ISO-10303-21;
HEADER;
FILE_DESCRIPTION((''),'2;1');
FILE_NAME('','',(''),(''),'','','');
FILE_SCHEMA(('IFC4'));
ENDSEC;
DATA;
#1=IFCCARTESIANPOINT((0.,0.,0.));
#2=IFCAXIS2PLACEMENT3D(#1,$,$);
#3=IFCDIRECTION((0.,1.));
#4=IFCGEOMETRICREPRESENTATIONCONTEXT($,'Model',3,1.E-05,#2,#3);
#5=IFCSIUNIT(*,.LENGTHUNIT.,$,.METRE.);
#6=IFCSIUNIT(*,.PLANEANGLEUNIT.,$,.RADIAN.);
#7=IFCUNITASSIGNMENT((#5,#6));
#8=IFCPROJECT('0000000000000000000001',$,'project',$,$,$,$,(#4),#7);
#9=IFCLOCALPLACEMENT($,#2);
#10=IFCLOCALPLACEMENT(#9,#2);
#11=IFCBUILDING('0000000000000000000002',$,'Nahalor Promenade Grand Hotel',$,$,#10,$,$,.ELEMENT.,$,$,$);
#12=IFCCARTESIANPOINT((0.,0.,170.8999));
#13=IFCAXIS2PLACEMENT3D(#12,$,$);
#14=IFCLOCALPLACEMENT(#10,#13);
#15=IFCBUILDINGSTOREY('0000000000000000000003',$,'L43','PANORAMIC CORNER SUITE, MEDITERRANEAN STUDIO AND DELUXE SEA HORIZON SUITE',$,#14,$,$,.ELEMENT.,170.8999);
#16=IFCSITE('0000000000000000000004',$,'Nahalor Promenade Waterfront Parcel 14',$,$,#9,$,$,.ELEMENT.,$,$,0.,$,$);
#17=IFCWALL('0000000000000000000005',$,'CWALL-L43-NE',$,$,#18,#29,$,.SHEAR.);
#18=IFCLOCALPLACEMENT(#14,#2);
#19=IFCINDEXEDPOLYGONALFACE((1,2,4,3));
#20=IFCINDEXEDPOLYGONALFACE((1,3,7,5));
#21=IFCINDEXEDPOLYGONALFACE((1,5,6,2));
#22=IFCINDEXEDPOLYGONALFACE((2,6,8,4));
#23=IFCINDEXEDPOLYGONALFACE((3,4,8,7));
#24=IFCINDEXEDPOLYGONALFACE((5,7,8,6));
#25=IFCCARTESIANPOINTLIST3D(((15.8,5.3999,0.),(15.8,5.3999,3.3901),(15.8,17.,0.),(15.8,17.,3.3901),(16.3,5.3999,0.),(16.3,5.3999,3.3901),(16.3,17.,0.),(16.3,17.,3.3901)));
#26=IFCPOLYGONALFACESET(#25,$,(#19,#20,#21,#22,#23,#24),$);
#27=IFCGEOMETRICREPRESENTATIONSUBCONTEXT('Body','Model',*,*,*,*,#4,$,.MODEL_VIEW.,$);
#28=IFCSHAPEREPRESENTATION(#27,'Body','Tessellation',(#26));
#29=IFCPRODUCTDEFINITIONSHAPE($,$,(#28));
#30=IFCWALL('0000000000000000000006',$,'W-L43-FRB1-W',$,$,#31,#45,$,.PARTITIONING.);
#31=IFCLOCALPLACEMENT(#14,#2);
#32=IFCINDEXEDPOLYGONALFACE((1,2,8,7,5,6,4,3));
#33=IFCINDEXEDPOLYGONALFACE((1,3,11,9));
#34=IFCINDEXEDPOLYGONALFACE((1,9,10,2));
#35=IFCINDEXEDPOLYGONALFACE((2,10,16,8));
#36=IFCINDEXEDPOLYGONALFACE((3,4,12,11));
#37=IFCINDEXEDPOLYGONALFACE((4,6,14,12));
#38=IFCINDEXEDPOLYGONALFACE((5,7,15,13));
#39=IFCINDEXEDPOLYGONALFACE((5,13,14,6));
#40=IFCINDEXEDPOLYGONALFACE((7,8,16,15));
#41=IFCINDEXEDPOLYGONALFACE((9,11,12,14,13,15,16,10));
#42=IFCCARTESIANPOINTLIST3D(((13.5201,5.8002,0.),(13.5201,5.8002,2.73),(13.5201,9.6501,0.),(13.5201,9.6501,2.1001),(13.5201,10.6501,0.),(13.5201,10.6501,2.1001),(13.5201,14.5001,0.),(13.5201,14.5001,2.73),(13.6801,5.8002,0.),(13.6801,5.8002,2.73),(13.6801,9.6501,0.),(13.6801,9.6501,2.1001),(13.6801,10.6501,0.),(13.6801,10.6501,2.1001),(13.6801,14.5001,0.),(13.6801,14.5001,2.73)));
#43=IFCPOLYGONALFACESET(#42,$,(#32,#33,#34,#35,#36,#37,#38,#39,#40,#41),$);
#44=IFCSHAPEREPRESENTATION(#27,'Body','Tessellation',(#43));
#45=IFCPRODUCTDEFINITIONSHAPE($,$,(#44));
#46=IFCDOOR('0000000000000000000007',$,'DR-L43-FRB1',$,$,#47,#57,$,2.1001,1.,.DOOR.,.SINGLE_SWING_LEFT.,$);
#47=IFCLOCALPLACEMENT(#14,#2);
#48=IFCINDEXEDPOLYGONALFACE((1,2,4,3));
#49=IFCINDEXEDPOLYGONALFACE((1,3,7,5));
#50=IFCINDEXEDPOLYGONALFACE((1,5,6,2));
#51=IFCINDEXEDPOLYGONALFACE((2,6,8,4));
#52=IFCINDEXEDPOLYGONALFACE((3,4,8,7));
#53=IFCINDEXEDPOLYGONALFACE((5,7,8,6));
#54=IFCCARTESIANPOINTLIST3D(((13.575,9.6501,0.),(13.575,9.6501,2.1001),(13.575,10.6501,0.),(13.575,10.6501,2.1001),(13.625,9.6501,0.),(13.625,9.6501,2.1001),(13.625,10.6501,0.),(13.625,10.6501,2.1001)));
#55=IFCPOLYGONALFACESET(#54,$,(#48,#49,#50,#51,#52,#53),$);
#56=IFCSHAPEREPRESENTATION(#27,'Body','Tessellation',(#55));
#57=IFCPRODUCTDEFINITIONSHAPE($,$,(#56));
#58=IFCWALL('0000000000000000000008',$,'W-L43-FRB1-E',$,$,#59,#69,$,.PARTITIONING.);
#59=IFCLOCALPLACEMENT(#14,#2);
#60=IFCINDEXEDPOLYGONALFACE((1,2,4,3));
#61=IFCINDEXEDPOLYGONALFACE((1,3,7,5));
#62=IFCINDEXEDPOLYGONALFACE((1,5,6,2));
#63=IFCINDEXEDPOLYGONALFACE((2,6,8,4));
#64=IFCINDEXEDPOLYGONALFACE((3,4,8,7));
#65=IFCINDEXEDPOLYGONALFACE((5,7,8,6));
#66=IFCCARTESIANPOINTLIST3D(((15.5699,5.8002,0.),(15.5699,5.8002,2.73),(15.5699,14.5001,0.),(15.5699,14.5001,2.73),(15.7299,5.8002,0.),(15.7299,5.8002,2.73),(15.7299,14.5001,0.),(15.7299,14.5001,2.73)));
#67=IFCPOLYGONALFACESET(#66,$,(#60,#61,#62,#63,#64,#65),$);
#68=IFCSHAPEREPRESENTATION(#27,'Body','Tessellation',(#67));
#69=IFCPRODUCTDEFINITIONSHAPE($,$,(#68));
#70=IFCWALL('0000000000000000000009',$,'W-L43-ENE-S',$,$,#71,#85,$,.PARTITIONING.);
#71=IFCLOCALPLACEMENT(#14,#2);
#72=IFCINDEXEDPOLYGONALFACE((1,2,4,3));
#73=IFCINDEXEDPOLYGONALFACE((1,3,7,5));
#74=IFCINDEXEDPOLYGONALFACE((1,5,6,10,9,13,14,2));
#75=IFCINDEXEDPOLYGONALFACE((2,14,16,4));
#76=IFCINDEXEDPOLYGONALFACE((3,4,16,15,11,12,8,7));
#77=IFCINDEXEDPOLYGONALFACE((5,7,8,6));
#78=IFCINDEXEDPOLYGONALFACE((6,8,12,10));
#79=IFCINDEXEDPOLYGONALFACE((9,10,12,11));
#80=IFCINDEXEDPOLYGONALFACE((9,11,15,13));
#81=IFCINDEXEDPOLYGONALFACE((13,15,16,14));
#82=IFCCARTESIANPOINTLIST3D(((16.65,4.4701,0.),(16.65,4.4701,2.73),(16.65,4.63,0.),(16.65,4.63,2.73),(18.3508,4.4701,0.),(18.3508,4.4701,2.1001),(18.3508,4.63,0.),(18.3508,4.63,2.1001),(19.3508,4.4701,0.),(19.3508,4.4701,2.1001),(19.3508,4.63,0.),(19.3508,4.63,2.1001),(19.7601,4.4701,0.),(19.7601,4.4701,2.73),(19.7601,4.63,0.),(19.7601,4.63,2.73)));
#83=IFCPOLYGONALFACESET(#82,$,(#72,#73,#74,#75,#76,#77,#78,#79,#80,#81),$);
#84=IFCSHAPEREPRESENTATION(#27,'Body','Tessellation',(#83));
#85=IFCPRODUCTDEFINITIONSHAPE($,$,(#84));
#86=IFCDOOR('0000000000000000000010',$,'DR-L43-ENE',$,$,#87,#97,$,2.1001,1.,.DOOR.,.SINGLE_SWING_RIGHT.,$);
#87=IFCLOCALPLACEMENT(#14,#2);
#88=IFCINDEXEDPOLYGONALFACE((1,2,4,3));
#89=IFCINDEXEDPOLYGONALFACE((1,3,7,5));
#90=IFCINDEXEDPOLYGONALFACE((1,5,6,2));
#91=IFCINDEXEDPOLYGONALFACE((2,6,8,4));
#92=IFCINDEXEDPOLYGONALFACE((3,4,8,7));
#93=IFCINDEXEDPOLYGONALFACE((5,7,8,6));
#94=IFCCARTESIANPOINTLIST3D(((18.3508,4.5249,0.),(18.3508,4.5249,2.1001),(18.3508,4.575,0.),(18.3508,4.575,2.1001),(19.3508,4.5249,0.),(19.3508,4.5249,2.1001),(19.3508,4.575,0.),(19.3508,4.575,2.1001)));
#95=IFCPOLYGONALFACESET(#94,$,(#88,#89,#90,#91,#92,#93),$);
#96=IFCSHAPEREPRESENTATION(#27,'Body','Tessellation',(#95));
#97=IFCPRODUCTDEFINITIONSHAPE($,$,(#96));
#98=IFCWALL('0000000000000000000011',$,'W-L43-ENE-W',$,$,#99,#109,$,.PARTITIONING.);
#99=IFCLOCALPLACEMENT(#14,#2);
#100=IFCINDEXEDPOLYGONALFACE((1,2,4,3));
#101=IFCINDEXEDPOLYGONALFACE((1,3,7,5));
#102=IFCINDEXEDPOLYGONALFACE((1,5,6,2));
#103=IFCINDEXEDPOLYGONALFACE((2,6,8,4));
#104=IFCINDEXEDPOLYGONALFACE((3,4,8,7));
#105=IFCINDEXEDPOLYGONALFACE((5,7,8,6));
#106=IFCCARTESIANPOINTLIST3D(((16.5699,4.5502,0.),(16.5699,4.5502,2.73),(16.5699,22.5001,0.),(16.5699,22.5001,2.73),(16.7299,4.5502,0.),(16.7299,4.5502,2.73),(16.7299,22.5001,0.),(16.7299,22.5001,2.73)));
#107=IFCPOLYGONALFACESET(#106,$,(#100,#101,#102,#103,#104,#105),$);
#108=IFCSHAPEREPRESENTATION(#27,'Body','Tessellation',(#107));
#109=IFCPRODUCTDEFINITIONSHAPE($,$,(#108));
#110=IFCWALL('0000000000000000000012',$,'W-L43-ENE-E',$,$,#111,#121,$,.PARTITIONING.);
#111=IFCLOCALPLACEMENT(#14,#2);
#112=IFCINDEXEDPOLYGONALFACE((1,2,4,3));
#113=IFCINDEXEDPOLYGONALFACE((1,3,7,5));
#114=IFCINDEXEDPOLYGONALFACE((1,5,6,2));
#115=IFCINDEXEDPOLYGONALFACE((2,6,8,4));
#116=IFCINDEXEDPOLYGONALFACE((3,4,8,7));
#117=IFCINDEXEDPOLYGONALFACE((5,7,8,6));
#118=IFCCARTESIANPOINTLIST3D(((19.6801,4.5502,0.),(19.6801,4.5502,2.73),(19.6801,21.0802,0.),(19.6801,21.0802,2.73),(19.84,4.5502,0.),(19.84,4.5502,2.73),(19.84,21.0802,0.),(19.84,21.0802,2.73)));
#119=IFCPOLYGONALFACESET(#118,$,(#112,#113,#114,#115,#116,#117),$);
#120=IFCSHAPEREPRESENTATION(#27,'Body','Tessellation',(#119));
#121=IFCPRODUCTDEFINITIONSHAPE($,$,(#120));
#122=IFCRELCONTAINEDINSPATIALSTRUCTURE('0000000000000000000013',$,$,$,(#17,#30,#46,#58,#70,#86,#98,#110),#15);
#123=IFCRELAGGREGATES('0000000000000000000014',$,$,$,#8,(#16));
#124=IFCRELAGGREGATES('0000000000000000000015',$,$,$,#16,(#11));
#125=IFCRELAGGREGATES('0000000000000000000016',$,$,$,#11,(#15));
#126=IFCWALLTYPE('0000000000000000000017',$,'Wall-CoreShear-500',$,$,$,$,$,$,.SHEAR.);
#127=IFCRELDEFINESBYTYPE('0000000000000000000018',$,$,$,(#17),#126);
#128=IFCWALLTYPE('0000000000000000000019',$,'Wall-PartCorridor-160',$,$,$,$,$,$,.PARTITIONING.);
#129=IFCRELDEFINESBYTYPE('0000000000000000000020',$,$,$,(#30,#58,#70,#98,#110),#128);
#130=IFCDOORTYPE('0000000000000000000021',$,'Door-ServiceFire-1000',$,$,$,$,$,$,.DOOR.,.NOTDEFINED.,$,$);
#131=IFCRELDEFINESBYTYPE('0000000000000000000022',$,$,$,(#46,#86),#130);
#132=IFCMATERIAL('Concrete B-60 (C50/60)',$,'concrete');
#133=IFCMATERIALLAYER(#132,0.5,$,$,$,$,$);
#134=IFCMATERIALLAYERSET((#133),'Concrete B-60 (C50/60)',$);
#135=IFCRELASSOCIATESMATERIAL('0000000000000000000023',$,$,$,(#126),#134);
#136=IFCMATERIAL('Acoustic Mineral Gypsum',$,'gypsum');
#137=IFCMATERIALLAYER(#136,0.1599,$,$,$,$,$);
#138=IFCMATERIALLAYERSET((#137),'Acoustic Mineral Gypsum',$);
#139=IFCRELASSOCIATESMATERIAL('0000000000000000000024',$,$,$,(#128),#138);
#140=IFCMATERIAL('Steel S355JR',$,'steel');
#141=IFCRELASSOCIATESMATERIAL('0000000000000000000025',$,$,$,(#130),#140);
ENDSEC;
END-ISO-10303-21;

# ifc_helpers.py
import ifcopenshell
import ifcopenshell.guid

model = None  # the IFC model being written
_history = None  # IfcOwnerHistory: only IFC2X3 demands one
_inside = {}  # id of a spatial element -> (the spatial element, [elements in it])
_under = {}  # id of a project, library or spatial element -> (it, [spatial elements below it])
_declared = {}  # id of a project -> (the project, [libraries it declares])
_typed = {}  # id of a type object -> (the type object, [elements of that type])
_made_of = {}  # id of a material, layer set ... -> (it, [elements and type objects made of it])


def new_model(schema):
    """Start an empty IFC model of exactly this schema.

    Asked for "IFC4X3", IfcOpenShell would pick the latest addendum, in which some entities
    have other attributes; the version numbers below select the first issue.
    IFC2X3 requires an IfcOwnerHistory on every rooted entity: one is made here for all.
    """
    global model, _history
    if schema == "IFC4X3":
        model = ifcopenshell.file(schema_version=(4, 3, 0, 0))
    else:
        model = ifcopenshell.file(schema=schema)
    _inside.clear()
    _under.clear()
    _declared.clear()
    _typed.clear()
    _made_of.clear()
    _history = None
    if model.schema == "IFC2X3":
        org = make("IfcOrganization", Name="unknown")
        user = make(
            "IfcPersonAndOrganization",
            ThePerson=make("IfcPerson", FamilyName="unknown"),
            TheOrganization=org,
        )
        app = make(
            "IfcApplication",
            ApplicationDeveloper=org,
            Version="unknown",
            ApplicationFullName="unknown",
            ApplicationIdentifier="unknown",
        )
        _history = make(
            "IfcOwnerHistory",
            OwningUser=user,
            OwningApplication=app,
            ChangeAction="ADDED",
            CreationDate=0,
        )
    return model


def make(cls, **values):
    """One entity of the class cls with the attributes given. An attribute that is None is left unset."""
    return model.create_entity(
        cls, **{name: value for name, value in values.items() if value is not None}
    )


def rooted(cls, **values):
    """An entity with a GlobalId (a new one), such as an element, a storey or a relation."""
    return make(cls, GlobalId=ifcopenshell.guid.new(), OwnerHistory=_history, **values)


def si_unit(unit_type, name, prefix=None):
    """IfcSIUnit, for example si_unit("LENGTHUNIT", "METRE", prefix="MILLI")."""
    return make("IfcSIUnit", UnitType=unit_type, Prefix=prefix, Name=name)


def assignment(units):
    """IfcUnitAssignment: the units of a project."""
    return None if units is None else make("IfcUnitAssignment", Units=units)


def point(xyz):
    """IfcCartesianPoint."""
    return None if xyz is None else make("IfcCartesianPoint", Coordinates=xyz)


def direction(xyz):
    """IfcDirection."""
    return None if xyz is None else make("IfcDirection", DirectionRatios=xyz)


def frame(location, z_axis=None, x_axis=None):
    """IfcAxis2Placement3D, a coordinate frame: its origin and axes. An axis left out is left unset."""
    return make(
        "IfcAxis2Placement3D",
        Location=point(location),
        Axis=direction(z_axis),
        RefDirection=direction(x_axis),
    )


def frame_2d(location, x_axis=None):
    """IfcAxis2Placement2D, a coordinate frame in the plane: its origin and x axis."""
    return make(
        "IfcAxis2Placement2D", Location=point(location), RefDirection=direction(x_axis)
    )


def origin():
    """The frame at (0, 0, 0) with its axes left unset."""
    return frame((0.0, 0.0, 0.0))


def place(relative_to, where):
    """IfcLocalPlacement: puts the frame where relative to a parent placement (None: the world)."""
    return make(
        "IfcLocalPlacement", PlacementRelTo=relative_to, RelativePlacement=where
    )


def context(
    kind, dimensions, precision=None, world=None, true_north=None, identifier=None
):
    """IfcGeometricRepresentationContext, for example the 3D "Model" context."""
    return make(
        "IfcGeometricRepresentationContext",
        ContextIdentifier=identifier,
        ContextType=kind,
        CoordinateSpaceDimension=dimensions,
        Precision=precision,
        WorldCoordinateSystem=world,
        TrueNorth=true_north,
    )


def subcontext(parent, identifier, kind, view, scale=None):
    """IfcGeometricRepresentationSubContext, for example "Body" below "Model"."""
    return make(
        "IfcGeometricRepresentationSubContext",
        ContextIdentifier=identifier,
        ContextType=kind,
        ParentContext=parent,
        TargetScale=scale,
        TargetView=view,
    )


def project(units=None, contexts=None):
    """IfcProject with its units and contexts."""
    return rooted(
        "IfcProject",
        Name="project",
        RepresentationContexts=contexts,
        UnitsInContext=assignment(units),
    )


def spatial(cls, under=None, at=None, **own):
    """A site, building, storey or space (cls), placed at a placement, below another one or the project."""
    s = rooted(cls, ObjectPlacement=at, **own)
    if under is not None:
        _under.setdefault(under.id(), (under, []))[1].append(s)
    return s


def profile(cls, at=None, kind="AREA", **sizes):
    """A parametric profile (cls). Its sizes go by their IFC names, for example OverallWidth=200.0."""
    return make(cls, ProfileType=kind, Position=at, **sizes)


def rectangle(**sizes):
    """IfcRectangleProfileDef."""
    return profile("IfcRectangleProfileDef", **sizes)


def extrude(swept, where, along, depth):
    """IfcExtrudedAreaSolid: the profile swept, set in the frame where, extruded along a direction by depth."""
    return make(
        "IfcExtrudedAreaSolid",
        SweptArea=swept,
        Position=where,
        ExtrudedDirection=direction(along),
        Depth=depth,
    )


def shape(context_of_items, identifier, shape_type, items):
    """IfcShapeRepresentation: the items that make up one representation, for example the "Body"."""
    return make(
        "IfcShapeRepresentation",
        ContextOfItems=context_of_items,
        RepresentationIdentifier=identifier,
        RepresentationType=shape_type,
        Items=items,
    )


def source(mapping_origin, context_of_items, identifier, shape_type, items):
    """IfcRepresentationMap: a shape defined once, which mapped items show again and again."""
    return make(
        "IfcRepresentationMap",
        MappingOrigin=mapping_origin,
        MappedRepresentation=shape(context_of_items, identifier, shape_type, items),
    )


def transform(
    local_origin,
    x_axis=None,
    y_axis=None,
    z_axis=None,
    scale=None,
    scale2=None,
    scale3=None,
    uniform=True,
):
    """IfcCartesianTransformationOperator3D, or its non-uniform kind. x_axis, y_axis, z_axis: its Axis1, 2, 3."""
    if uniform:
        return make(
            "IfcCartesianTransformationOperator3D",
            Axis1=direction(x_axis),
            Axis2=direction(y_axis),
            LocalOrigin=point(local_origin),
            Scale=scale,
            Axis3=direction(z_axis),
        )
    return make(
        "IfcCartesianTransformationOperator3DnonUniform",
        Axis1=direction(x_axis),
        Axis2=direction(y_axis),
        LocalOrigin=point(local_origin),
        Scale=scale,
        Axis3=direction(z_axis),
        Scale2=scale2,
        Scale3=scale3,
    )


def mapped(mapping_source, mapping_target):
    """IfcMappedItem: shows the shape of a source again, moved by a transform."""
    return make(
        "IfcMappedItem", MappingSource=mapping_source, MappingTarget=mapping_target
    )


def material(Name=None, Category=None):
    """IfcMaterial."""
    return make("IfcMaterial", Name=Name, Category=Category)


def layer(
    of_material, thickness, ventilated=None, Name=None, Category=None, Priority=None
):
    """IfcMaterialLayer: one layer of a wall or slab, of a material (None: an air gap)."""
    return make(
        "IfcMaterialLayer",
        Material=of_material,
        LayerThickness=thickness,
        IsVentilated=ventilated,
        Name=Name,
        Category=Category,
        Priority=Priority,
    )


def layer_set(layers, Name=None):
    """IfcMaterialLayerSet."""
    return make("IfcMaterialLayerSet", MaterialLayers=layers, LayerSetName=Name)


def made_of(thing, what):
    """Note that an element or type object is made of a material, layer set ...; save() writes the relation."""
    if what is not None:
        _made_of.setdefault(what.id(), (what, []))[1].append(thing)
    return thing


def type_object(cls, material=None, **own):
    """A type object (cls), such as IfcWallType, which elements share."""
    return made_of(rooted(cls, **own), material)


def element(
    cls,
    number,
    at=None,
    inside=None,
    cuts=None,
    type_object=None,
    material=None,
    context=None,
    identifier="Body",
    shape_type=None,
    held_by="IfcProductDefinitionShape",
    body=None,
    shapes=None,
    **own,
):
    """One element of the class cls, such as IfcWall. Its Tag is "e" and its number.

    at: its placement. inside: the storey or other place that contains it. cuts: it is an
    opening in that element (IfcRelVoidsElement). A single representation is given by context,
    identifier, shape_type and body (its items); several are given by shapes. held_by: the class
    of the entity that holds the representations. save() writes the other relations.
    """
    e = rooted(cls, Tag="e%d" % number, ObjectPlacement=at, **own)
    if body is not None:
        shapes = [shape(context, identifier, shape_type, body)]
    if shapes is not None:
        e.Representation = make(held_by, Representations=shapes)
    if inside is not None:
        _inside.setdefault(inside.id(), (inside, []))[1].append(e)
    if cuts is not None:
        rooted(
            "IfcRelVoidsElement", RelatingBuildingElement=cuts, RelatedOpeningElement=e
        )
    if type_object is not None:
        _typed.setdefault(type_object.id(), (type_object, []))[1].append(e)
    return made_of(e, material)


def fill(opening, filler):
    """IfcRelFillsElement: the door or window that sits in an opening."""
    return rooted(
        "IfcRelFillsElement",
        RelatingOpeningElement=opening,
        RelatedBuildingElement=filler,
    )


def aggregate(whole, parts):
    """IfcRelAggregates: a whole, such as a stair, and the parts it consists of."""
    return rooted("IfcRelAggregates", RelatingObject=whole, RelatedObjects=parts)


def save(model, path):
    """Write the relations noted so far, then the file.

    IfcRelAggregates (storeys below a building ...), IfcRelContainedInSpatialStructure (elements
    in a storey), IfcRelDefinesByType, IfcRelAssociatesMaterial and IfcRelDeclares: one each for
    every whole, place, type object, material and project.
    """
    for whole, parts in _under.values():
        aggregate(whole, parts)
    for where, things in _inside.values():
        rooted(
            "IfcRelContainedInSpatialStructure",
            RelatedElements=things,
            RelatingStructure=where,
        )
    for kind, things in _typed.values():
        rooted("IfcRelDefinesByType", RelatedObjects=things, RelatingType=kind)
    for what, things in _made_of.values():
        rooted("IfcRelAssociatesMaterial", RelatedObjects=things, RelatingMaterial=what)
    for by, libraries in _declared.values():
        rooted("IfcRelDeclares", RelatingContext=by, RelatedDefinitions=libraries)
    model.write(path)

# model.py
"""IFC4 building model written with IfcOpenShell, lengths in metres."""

from ifc_helpers import new_model, si_unit, direction, frame, frame_2d, origin, place, context, subcontext, project, spatial, rectangle, extrude, source, transform, mapped, material, layer, layer_set, type_object, element, fill, save


model = new_model("IFC4")

# Units and contexts
model_context = context("Model", 3, precision=1e-05, world=origin(), true_north=direction((0.0, 1.0)))
body_context = subcontext(model_context, "Body", "Model", "MODEL_VIEW")
ifc_project = project(units=[si_unit("LENGTHUNIT", "METRE"), si_unit("PLANEANGLEUNIT", "RADIAN")], contexts=[model_context])

# Site, building, storey
site_placement = place(None, origin())
site = spatial("IfcSite", under=ifc_project, at=site_placement, Name="Nahalor Promenade Waterfront Parcel 14", CompositionType="ELEMENT", RefElevation=0.0)
building_placement = place(site_placement, origin())
building = spatial("IfcBuilding", under=site, at=building_placement, Name="Nahalor Promenade Grand Hotel", CompositionType="ELEMENT")
storey_placement = place(building_placement, frame((0.0, 0.0, 170.8999)))
storey = spatial("IfcBuildingStorey", under=building, at=storey_placement, Name="L43", Description="PANORAMIC CORNER SUITE, MEDITERRANEAN STUDIO AND DELUXE SEA HORIZON SUITE", CompositionType="ELEMENT", Elevation=170.8999)

# Shared definitions
ifc_material_1 = material(Name="Steel S355JR", Category="steel")

# Wall
ifc_material_2 = material(Name="Concrete B-60 (C50/60)", Category="concrete")
ifc_layer_1 = layer(ifc_material_2, 0.5)
ifc_layer_set_1 = layer_set([ifc_layer_1], Name="Concrete B-60 (C50/60)")
wall_type_1 = type_object("IfcWallType", Name="Wall-CoreShear-500", PredefinedType="SHEAR", material=ifc_layer_set_1)
shared_shape_1 = source(origin(), body_context, "Body", "SweptSolid", [
    extrude(rectangle(XDim=11.6001, YDim=0.5, at=frame_2d((5.8, 0.0))), origin(), (0.0, 0.0, 1.0), 3.3901),
])
wall_1_placement = place(storey_placement, frame((16.05, 5.3999, 0.0), z_axis=(0.0, 0.0, 1.0), x_axis=(0.0, 1.0, 0.0)))
element("IfcWall", 1, at=wall_1_placement, inside=storey, type_object=wall_type_1, Name="CWALL-L43-NE", PredefinedType="SHEAR", context=body_context, shape_type="MappedRepresentation", body=[
    mapped(shared_shape_1, transform((0.0, 0.0, 0.0), scale=1.0)),
])

# Wall, opening, door
ifc_material_3 = material(Name="Acoustic Mineral Gypsum", Category="gypsum")
ifc_layer_2 = layer(ifc_material_3, 0.1599)
ifc_layer_set_2 = layer_set([ifc_layer_2], Name="Acoustic Mineral Gypsum")
wall_type_2 = type_object("IfcWallType", Name="Wall-PartCorridor-160", PredefinedType="PARTITIONING", material=ifc_layer_set_2)
shared_shape_2 = source(origin(), body_context, "Body", "SweptSolid", [
    extrude(rectangle(XDim=8.7, YDim=0.1599, at=frame_2d((4.3501, 0.0))), origin(), (0.0, 0.0, 1.0), 2.73),
])
wall_2_placement = place(storey_placement, frame((13.6001, 5.8, 0.0), z_axis=(0.0, 0.0, 1.0), x_axis=(0.0, 1.0, 0.0)))
wall_2 = element("IfcWall", 2, at=wall_2_placement, inside=storey, type_object=wall_type_2, Name="W-L43-FRB1-W", PredefinedType="PARTITIONING", context=body_context, shape_type="MappedRepresentation", body=[
    mapped(shared_shape_2, transform((0.0, 0.0, 0.0), scale=1.0)),
])
opening_1_placement = place(wall_2_placement, frame((3.8501, 0.0, 0.0)))
opening_1 = element("IfcOpeningElement", 3, at=opening_1_placement, cuts=wall_2, PredefinedType="OPENING", context=body_context, shape_type="SweptSolid", body=[
    extrude(rectangle(XDim=1.0, YDim=2.1001, at=frame_2d((0.5, 1.05))), frame((0.0, 0.0898, 0.0), z_axis=(0.0, -1.0, 0.0), x_axis=(1.0, 0.0, 0.0)), (0.0, 0.0, 1.0), 0.1799),
])
door_type = type_object("IfcDoorType", Name="Door-ServiceFire-1000", OperationType="NOTDEFINED", PredefinedType="DOOR", material=ifc_material_1)
shared_shape_3 = source(origin(), body_context, "Body", "SweptSolid", [
    extrude(rectangle(XDim=1.0, YDim=2.1001, at=frame_2d((0.5, 1.05))), frame((0.0, 0.0249, 0.0), z_axis=(0.0, -1.0, 0.0), x_axis=(1.0, 0.0, 0.0)), (0.0, 0.0, 1.0), 0.05),
])
door_1_placement = place(opening_1_placement, frame((1.0, 0.0, 0.0), z_axis=(0.0, 0.0, 1.0), x_axis=(-1.0, 0.0, 0.0)))
door_1 = element("IfcDoor", 4, at=door_1_placement, inside=storey, type_object=door_type, Name="DR-L43-FRB1", OperationType="SINGLE_SWING_LEFT", OverallHeight=2.1001, OverallWidth=1.0, PredefinedType="DOOR", context=body_context, shape_type="MappedRepresentation", body=[
    mapped(shared_shape_3, transform((0.0, 0.0, 0.0), scale=1.0)),
])
fill(opening_1, door_1)

# Wall
wall_3_placement = place(storey_placement, frame((15.6499, 5.8, 0.0), z_axis=(0.0, 0.0, 1.0), x_axis=(0.0, 1.0, 0.0)))
element("IfcWall", 5, at=wall_3_placement, inside=storey, type_object=wall_type_2, Name="W-L43-FRB1-E", PredefinedType="PARTITIONING", context=body_context, shape_type="MappedRepresentation", body=[
    mapped(shared_shape_2, transform((0.0, 0.0, 0.0), scale=1.0)),
])

# Wall, opening, door
shared_shape_4 = source(origin(), body_context, "Body", "SweptSolid", [
    extrude(rectangle(XDim=3.1101, YDim=0.1599, at=frame_2d((1.5552, 0.0))), origin(), (0.0, 0.0, 1.0), 2.73),
])
wall_4_placement = place(storey_placement, frame((16.6499, 4.55, 0.0), z_axis=(0.0, 0.0, 1.0), x_axis=(1.0, 0.0, 0.0)))
wall_4 = element("IfcWall", 6, at=wall_4_placement, inside=storey, type_object=wall_type_2, Name="W-L43-ENE-S", PredefinedType="PARTITIONING", context=body_context, shape_type="MappedRepresentation", body=[
    mapped(shared_shape_4, transform((0.0, 0.0, 0.0), scale=1.0)),
])
opening_2_placement = place(wall_4_placement, frame((1.7009, 0.0, 0.0)))
opening_2 = element("IfcOpeningElement", 7, at=opening_2_placement, cuts=wall_4, PredefinedType="OPENING", context=body_context, shape_type="SweptSolid", body=[
    extrude(rectangle(XDim=1.0, YDim=2.1001, at=frame_2d((0.5, 1.05))), frame((0.0, 0.0898, 0.0), z_axis=(0.0, -1.0, 0.0), x_axis=(1.0, 0.0, 0.0)), (0.0, 0.0, 1.0), 0.1799),
])
door_2_placement = place(opening_2_placement, origin())
door_2 = element("IfcDoor", 8, at=door_2_placement, inside=storey, type_object=door_type, Name="DR-L43-ENE", OperationType="SINGLE_SWING_RIGHT", OverallHeight=2.1001, OverallWidth=1.0, PredefinedType="DOOR", context=body_context, shape_type="MappedRepresentation", body=[
    mapped(shared_shape_3, transform((0.0, 0.0, 0.0), scale=1.0)),
])
fill(opening_2, door_2)

# Walls
shared_shape_5 = source(origin(), body_context, "Body", "SweptSolid", [
    extrude(rectangle(XDim=17.95, YDim=0.1599, at=frame_2d((8.9751, 0.0))), origin(), (0.0, 0.0, 1.0), 2.73),
])
wall_5_placement = place(storey_placement, frame((16.6499, 4.55, 0.0), z_axis=(0.0, 0.0, 1.0), x_axis=(0.0, 1.0, 0.0)))
element("IfcWall", 9, at=wall_5_placement, inside=storey, type_object=wall_type_2, Name="W-L43-ENE-W", PredefinedType="PARTITIONING", context=body_context, shape_type="MappedRepresentation", body=[
    mapped(shared_shape_5, transform((0.0, 0.0, 0.0), scale=1.0)),
])
shared_shape_6 = source(origin(), body_context, "Body", "SweptSolid", [
    extrude(rectangle(XDim=16.53, YDim=0.1599, at=frame_2d((8.2651, 0.0))), origin(), (0.0, 0.0, 1.0), 2.73),
])
wall_6_placement = place(storey_placement, frame((19.76, 4.55, 0.0), z_axis=(0.0, 0.0, 1.0), x_axis=(0.0, 1.0, 0.0)))
element("IfcWall", 10, at=wall_6_placement, inside=storey, type_object=wall_type_2, Name="W-L43-ENE-E", PredefinedType="PARTITIONING", context=body_context, shape_type="MappedRepresentation", body=[
    mapped(shared_shape_6, transform((0.0, 0.0, 0.0), scale=1.0)),
])

save(model, "model.ifc")
